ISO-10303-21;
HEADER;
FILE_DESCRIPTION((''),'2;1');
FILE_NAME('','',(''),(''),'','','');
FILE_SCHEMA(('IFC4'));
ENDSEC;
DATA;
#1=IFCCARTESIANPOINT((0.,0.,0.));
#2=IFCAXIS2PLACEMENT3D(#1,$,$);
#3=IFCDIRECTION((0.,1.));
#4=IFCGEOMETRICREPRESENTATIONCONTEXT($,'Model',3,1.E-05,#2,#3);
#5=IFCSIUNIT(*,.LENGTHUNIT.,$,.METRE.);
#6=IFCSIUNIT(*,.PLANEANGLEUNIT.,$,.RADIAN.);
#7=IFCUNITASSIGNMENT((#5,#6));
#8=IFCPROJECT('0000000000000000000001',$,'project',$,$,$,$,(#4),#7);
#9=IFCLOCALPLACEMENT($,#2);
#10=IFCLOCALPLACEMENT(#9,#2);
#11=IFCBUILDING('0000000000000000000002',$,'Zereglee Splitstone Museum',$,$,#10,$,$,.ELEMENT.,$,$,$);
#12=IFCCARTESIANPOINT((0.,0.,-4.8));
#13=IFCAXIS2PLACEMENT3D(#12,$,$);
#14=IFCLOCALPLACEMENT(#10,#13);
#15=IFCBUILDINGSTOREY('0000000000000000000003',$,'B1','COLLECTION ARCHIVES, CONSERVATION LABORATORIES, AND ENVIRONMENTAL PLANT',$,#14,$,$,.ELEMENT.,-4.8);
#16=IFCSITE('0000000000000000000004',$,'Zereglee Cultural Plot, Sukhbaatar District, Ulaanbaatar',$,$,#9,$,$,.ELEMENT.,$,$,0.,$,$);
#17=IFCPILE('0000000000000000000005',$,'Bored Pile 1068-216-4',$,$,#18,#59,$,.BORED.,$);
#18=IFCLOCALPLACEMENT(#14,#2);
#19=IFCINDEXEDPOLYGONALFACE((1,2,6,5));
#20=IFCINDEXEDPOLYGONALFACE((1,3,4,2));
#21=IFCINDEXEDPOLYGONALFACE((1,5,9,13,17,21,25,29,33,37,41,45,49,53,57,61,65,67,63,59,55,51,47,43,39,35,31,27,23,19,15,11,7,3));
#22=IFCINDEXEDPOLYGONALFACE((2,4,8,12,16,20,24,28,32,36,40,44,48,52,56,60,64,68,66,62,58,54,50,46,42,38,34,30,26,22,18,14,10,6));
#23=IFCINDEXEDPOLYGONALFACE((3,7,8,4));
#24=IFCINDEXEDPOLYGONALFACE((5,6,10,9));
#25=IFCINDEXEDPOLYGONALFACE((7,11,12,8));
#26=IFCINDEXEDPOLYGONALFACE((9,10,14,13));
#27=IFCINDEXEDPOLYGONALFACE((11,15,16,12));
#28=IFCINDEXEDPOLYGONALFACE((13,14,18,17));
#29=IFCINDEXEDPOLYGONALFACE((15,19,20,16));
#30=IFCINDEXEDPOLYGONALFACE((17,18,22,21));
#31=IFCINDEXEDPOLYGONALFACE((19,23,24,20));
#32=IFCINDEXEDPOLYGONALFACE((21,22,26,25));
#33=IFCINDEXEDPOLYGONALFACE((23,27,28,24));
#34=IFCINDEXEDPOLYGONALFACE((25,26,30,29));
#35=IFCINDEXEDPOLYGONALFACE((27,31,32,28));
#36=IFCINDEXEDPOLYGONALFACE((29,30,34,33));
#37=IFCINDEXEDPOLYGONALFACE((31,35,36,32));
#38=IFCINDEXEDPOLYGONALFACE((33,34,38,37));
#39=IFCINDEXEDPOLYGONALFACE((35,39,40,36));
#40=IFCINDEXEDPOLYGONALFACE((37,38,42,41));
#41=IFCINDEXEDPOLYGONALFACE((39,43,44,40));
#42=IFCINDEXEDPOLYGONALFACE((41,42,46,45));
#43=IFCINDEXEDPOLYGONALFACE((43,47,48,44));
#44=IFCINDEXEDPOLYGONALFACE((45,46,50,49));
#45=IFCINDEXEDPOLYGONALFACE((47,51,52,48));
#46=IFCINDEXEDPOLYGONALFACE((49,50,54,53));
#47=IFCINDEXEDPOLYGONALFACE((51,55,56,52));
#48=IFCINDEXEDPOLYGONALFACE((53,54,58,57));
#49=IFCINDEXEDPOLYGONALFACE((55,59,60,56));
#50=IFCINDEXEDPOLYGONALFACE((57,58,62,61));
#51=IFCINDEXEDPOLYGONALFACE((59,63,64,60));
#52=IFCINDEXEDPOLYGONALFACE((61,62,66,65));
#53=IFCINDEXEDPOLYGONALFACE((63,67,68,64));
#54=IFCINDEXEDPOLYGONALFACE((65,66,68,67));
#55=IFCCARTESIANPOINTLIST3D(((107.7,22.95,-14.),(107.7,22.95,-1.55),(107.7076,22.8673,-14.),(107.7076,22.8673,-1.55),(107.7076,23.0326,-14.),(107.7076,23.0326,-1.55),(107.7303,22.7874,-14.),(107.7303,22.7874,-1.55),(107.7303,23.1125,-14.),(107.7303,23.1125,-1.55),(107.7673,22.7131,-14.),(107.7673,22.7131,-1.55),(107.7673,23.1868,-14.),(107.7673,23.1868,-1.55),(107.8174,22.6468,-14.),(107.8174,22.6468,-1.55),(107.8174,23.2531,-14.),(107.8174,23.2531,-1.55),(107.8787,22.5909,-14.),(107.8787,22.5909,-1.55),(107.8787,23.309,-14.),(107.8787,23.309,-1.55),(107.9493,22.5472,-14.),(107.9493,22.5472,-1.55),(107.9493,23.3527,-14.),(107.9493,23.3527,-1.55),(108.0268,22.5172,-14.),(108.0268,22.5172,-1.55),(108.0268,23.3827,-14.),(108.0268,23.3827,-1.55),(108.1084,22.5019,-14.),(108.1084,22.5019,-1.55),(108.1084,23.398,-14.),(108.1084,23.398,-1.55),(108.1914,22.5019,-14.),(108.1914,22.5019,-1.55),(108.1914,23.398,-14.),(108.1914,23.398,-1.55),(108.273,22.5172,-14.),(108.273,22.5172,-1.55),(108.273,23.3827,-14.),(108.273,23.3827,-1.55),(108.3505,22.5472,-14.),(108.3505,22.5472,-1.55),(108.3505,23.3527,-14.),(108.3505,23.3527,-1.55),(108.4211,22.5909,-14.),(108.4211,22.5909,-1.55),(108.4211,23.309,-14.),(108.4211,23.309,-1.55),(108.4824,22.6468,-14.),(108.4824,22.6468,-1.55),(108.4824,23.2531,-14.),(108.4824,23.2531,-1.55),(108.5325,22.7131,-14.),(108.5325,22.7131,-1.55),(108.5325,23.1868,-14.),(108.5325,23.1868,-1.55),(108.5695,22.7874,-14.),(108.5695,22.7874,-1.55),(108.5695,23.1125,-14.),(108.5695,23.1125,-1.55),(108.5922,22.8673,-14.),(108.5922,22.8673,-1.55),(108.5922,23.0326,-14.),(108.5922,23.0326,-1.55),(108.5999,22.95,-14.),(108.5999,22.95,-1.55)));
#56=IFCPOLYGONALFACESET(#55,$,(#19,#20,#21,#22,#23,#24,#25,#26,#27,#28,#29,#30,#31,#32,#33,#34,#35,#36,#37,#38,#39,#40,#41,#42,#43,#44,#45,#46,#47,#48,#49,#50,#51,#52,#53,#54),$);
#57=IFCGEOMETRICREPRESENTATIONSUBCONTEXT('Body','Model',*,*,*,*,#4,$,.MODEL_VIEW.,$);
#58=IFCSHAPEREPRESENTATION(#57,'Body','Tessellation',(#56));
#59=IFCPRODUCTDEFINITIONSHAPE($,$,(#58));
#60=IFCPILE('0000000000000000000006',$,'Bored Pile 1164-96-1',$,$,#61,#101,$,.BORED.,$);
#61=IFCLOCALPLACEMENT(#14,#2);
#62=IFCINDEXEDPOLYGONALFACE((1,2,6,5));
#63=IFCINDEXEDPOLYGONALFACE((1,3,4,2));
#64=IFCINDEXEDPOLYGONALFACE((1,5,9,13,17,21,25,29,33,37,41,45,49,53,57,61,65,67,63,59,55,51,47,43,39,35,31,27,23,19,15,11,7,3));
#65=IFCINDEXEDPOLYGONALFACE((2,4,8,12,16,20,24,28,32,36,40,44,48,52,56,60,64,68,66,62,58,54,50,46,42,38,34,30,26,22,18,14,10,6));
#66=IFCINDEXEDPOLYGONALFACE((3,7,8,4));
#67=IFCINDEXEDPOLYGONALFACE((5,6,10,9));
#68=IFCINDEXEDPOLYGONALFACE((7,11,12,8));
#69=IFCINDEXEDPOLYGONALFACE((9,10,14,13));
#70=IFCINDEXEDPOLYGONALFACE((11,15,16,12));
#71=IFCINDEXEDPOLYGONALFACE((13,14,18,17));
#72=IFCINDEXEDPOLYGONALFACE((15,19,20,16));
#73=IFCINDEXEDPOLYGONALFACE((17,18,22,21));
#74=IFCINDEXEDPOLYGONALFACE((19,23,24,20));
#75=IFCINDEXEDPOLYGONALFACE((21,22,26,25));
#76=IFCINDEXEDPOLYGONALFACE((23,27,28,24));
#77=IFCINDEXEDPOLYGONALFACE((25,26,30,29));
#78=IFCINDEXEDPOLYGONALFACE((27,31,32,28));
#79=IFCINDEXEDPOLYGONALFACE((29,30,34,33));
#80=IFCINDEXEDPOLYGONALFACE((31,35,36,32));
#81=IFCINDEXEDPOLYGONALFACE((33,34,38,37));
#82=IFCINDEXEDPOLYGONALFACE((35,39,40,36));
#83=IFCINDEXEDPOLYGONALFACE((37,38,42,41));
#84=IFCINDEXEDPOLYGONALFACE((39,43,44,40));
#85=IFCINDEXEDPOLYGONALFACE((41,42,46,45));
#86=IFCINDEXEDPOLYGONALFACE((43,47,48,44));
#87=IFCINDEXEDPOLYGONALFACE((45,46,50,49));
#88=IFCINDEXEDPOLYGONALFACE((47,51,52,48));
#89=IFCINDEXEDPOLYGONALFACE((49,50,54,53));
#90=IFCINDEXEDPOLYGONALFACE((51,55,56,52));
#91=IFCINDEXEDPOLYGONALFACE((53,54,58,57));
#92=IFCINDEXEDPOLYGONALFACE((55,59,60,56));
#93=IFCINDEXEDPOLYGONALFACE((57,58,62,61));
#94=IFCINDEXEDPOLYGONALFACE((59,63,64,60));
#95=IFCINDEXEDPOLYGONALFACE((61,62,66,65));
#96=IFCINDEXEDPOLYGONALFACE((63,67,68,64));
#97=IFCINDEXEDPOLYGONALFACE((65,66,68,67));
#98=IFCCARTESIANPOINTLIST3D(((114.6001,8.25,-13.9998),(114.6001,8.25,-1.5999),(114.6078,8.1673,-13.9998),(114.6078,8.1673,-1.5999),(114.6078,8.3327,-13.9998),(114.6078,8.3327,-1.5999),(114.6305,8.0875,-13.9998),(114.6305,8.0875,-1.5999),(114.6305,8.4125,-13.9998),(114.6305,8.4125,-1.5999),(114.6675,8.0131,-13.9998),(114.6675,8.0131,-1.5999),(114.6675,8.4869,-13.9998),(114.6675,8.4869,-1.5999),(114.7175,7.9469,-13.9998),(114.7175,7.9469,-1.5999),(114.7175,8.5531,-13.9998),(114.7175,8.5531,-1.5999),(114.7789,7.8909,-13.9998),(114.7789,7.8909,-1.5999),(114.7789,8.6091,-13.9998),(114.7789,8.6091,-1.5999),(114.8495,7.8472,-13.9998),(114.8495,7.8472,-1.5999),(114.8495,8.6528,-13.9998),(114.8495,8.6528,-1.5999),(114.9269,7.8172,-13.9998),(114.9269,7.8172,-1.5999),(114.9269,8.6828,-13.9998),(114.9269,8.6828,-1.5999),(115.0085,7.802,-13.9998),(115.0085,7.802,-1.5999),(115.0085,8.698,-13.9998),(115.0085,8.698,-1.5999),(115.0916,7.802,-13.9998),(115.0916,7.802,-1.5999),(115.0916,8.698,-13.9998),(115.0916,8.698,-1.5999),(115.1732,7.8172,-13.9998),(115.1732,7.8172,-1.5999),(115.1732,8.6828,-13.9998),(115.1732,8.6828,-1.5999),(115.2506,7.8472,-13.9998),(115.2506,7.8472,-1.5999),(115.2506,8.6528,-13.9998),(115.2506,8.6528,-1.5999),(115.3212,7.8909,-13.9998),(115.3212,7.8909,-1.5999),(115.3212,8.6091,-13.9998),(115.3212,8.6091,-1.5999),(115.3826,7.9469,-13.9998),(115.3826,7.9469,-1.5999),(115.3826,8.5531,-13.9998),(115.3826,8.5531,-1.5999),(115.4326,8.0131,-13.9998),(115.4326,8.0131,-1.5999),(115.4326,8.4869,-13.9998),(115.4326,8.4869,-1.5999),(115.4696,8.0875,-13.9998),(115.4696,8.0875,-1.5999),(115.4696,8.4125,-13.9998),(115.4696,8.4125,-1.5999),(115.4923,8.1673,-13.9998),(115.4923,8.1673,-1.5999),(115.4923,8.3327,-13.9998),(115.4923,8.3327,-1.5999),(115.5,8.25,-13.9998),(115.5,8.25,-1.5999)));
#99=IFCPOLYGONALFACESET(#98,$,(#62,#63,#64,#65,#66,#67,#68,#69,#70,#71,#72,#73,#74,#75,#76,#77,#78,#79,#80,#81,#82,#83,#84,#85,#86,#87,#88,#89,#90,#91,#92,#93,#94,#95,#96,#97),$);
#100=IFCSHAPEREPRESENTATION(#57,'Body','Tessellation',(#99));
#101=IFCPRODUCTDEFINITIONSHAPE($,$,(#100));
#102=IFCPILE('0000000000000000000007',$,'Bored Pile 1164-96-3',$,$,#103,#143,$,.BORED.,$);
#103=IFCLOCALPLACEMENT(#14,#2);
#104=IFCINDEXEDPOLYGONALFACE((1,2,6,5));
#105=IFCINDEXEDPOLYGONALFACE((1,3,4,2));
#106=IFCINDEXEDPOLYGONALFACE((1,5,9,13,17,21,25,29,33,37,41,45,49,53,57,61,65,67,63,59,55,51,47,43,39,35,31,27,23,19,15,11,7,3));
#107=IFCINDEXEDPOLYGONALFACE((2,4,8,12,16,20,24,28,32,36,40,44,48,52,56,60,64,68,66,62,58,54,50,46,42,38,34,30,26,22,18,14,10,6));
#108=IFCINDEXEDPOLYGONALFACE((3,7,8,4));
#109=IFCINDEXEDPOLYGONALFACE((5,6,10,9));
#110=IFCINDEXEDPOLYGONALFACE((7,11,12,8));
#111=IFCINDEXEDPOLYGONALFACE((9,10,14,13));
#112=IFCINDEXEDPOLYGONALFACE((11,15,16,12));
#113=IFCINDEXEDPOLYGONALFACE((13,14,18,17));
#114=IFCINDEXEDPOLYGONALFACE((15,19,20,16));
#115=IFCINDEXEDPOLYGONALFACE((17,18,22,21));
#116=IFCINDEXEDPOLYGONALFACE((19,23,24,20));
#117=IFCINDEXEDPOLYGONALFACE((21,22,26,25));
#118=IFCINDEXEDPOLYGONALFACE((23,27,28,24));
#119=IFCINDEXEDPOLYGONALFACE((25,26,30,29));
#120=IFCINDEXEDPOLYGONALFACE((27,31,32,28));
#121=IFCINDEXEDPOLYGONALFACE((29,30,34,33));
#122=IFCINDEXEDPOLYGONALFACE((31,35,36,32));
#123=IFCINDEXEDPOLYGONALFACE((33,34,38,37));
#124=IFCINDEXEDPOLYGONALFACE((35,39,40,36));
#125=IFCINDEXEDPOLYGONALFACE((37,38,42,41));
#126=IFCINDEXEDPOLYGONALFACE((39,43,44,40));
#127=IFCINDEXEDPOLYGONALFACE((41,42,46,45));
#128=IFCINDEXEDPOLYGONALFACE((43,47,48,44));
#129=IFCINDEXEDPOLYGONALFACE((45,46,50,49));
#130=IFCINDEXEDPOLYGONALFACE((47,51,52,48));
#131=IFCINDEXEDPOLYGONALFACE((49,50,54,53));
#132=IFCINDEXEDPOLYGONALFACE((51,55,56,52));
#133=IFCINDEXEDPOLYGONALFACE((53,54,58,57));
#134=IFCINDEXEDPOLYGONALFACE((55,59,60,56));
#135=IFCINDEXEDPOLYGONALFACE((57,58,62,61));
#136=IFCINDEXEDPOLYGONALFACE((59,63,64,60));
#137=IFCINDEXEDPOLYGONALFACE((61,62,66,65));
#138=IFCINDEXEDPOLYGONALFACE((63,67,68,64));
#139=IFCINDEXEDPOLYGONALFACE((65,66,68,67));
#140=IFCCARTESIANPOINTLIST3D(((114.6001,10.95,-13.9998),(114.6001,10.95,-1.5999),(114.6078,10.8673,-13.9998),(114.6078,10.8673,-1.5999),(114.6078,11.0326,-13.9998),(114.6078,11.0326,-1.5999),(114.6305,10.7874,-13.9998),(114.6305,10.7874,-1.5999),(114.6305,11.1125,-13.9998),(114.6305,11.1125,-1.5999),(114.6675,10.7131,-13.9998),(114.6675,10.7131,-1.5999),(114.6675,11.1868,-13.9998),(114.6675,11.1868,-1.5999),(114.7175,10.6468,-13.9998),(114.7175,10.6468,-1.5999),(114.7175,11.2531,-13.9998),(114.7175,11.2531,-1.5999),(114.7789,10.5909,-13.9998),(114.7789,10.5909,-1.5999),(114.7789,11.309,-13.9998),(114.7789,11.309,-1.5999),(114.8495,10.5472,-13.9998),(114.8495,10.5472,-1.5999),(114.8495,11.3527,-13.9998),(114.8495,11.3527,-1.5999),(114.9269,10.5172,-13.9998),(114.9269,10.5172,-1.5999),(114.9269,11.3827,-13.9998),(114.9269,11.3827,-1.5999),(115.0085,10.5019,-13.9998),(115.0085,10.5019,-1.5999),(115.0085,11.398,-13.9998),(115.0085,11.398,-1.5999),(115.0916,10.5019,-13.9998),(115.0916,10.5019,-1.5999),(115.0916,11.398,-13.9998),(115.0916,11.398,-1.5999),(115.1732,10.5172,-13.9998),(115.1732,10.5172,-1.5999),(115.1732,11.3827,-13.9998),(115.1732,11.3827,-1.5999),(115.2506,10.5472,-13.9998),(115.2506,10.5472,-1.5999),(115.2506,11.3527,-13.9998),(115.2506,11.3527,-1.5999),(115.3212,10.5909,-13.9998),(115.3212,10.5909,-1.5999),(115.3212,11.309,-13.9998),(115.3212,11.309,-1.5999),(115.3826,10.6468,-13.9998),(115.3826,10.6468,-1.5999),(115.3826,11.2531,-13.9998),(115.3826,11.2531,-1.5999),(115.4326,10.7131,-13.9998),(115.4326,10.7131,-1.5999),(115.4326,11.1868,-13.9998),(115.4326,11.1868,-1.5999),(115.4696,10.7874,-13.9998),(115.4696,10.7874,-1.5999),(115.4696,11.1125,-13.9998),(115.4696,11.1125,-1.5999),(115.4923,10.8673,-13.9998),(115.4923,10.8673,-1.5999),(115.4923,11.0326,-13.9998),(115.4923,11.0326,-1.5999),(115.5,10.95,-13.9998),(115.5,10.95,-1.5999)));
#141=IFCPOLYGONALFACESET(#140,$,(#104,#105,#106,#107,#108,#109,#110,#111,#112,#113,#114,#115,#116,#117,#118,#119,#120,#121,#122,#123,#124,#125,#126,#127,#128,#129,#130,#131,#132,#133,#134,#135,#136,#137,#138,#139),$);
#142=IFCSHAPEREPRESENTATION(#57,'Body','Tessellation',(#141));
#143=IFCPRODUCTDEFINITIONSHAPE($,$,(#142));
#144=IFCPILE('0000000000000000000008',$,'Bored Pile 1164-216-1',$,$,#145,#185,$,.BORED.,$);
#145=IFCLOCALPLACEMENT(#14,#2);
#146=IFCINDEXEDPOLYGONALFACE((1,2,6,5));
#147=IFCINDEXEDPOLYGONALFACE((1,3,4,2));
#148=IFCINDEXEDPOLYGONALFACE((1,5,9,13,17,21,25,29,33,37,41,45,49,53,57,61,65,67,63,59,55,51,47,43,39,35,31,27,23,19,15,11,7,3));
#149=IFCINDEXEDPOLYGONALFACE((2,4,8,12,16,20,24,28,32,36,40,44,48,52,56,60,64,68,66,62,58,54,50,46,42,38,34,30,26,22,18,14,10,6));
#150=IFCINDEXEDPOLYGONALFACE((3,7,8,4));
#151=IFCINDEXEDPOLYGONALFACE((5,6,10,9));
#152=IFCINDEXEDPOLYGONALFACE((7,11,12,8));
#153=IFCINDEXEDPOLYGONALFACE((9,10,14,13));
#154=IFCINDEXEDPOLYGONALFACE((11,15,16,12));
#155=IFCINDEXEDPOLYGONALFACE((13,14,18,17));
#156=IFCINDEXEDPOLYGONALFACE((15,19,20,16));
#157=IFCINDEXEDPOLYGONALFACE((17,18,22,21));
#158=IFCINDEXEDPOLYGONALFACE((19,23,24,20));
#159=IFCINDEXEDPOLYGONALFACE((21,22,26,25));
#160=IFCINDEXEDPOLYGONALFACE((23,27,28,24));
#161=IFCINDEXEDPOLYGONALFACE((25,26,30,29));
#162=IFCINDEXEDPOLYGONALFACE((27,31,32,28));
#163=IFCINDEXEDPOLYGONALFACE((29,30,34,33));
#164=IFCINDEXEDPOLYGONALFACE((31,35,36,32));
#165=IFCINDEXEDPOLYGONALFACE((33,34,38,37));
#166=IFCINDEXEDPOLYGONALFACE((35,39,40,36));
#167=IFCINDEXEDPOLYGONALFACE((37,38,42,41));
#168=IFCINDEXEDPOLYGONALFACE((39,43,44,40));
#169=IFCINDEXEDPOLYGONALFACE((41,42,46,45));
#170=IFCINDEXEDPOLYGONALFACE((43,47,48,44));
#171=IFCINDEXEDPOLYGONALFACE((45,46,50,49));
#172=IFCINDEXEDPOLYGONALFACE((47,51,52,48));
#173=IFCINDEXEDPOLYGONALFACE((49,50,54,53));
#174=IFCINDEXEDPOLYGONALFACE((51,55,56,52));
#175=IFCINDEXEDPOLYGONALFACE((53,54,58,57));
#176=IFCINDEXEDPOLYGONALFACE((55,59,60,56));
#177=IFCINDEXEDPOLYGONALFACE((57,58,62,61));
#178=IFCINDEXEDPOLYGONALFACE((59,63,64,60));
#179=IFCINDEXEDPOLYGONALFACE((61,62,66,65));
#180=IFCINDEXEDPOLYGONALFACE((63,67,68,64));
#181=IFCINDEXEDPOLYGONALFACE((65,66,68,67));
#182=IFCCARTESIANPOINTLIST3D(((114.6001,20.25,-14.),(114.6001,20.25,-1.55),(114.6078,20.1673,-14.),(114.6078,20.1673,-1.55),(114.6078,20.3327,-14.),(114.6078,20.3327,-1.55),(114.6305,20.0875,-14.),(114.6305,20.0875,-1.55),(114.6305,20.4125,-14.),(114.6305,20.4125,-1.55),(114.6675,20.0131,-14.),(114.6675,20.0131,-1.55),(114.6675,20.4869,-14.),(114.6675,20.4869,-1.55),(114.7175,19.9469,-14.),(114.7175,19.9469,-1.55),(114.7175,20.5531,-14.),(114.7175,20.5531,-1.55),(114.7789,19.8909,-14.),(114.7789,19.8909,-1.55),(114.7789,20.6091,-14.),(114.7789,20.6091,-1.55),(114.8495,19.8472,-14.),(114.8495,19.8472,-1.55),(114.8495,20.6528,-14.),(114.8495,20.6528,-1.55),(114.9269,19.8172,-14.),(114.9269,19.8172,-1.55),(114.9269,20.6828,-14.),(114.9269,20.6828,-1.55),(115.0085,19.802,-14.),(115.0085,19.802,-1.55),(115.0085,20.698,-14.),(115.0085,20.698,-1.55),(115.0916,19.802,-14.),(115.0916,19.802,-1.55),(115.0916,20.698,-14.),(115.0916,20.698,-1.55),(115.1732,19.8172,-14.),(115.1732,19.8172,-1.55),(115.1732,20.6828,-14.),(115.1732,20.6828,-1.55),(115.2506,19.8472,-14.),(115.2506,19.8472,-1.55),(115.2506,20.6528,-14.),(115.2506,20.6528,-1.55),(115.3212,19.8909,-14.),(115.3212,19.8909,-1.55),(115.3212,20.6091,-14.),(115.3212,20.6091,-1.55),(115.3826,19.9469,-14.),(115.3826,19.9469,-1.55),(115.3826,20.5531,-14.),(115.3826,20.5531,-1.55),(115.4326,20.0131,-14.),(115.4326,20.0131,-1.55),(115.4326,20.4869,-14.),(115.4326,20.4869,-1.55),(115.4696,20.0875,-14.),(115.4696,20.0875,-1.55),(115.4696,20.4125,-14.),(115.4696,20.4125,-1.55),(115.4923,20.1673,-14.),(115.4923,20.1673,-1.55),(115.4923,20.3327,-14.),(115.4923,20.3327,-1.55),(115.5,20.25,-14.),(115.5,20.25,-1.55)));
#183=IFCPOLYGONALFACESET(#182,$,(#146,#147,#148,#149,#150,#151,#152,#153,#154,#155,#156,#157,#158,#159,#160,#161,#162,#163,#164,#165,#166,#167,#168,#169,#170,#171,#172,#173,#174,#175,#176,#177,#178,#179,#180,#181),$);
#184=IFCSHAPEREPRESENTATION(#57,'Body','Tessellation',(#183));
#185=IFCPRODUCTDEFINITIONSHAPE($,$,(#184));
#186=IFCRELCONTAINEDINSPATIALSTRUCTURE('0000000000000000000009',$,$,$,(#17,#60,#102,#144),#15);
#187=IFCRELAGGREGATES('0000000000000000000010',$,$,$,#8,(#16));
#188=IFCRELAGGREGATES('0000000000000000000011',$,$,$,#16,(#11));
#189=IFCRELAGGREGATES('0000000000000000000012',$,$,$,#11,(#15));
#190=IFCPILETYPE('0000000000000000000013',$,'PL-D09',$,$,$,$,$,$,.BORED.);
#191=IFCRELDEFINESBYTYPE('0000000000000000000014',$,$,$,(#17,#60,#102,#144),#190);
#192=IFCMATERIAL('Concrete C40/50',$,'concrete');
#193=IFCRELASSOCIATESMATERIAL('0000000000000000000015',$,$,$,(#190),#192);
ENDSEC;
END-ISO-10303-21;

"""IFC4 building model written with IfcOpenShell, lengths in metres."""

from ifc_helpers import new_model, si_unit, direction, frame, origin, origin_2d, place, context, subcontext, project, spatial, circle, extrude, material, material_profile, profile_set, type_object, element, save


model = new_model("IFC4")

# Units and contexts
model_context = context("Model", 3, precision=1e-05, world=origin(), true_north=direction((0.0, 1.0)))
body_context = subcontext(model_context, "Body", "Model", "MODEL_VIEW")
ifc_project = project(units=[si_unit("LENGTHUNIT", "METRE"), si_unit("PLANEANGLEUNIT", "RADIAN")], contexts=[model_context])

# Site, building, storey
site_placement = place(None, origin())
site = spatial("IfcSite", under=ifc_project, at=site_placement, Name="Zereglee Cultural Plot, Sukhbaatar District, Ulaanbaatar", CompositionType="ELEMENT", RefElevation=0.0)
building_placement = place(site_placement, origin())
building = spatial("IfcBuilding", under=site, at=building_placement, Name="Zereglee Splitstone Museum", CompositionType="ELEMENT")
storey_placement = place(building_placement, frame((0.0, 0.0, -4.8)))
storey = spatial("IfcBuildingStorey", under=building, at=storey_placement, Name="B1", Description="COLLECTION ARCHIVES, CONSERVATION LABORATORIES, AND ENVIRONMENTAL PLANT", CompositionType="ELEMENT", Elevation=-4.8)

# Shared definitions
ifc_material_1 = material(Name="Concrete C40/50", Category="concrete")

# Piles
ifc_material_profile_1 = material_profile(ifc_material_1, circle(Radius=0.45, at=origin_2d()), Name="PILE D900")
ifc_profile_set_1 = profile_set([ifc_material_profile_1], Name="Concrete C40/50")
pile_type = type_object("IfcPileType", Name="PL-D09", PredefinedType="BORED", material=ifc_profile_set_1)
for number, where, z_axis, x_axis, name in (
    (1, (108.1499, 22.95, -1.55), (0.0, 0.0, -1.0), (1.0, 0.0, 0.0), "Bored Pile 1068-216-4"),
):
    element("IfcPile", number, at=place(storey_placement, frame(where, z_axis=z_axis, x_axis=x_axis)), inside=storey, type_object=pile_type, Name=name, PredefinedType="BORED", context=body_context, shape_type="SweptSolid", body=[
        extrude(circle(Radius=0.45, at=origin_2d()), origin(), (0.0, 0.0, 1.0), 12.45),
    ])
for number, where, z_axis, x_axis, name in (
    (2, (115.05, 8.25, -1.5999), (0.0, 0.0, -1.0), (1.0, 0.0, 0.0), "Bored Pile 1164-96-1"),
    (3, (115.05, 10.95, -1.5999), (0.0, 0.0, -1.0), (1.0, 0.0, 0.0), "Bored Pile 1164-96-3"),
):
    element("IfcPile", number, at=place(storey_placement, frame(where, z_axis=z_axis, x_axis=x_axis)), inside=storey, type_object=pile_type, Name=name, PredefinedType="BORED", context=body_context, shape_type="SweptSolid", body=[
        extrude(circle(Radius=0.45, at=origin_2d()), origin(), (0.0, 0.0, 1.0), 12.3999),
    ])
for number, where, z_axis, x_axis, name in (
    (4, (115.05, 20.25, -1.55), (0.0, 0.0, -1.0), (1.0, 0.0, 0.0), "Bored Pile 1164-216-1"),
):
    element("IfcPile", number, at=place(storey_placement, frame(where, z_axis=z_axis, x_axis=x_axis)), inside=storey, type_object=pile_type, Name=name, PredefinedType="BORED", context=body_context, shape_type="SweptSolid", body=[
        extrude(circle(Radius=0.45, at=origin_2d()), origin(), (0.0, 0.0, 1.0), 12.45),
    ])

save(model, "model.ifc")
